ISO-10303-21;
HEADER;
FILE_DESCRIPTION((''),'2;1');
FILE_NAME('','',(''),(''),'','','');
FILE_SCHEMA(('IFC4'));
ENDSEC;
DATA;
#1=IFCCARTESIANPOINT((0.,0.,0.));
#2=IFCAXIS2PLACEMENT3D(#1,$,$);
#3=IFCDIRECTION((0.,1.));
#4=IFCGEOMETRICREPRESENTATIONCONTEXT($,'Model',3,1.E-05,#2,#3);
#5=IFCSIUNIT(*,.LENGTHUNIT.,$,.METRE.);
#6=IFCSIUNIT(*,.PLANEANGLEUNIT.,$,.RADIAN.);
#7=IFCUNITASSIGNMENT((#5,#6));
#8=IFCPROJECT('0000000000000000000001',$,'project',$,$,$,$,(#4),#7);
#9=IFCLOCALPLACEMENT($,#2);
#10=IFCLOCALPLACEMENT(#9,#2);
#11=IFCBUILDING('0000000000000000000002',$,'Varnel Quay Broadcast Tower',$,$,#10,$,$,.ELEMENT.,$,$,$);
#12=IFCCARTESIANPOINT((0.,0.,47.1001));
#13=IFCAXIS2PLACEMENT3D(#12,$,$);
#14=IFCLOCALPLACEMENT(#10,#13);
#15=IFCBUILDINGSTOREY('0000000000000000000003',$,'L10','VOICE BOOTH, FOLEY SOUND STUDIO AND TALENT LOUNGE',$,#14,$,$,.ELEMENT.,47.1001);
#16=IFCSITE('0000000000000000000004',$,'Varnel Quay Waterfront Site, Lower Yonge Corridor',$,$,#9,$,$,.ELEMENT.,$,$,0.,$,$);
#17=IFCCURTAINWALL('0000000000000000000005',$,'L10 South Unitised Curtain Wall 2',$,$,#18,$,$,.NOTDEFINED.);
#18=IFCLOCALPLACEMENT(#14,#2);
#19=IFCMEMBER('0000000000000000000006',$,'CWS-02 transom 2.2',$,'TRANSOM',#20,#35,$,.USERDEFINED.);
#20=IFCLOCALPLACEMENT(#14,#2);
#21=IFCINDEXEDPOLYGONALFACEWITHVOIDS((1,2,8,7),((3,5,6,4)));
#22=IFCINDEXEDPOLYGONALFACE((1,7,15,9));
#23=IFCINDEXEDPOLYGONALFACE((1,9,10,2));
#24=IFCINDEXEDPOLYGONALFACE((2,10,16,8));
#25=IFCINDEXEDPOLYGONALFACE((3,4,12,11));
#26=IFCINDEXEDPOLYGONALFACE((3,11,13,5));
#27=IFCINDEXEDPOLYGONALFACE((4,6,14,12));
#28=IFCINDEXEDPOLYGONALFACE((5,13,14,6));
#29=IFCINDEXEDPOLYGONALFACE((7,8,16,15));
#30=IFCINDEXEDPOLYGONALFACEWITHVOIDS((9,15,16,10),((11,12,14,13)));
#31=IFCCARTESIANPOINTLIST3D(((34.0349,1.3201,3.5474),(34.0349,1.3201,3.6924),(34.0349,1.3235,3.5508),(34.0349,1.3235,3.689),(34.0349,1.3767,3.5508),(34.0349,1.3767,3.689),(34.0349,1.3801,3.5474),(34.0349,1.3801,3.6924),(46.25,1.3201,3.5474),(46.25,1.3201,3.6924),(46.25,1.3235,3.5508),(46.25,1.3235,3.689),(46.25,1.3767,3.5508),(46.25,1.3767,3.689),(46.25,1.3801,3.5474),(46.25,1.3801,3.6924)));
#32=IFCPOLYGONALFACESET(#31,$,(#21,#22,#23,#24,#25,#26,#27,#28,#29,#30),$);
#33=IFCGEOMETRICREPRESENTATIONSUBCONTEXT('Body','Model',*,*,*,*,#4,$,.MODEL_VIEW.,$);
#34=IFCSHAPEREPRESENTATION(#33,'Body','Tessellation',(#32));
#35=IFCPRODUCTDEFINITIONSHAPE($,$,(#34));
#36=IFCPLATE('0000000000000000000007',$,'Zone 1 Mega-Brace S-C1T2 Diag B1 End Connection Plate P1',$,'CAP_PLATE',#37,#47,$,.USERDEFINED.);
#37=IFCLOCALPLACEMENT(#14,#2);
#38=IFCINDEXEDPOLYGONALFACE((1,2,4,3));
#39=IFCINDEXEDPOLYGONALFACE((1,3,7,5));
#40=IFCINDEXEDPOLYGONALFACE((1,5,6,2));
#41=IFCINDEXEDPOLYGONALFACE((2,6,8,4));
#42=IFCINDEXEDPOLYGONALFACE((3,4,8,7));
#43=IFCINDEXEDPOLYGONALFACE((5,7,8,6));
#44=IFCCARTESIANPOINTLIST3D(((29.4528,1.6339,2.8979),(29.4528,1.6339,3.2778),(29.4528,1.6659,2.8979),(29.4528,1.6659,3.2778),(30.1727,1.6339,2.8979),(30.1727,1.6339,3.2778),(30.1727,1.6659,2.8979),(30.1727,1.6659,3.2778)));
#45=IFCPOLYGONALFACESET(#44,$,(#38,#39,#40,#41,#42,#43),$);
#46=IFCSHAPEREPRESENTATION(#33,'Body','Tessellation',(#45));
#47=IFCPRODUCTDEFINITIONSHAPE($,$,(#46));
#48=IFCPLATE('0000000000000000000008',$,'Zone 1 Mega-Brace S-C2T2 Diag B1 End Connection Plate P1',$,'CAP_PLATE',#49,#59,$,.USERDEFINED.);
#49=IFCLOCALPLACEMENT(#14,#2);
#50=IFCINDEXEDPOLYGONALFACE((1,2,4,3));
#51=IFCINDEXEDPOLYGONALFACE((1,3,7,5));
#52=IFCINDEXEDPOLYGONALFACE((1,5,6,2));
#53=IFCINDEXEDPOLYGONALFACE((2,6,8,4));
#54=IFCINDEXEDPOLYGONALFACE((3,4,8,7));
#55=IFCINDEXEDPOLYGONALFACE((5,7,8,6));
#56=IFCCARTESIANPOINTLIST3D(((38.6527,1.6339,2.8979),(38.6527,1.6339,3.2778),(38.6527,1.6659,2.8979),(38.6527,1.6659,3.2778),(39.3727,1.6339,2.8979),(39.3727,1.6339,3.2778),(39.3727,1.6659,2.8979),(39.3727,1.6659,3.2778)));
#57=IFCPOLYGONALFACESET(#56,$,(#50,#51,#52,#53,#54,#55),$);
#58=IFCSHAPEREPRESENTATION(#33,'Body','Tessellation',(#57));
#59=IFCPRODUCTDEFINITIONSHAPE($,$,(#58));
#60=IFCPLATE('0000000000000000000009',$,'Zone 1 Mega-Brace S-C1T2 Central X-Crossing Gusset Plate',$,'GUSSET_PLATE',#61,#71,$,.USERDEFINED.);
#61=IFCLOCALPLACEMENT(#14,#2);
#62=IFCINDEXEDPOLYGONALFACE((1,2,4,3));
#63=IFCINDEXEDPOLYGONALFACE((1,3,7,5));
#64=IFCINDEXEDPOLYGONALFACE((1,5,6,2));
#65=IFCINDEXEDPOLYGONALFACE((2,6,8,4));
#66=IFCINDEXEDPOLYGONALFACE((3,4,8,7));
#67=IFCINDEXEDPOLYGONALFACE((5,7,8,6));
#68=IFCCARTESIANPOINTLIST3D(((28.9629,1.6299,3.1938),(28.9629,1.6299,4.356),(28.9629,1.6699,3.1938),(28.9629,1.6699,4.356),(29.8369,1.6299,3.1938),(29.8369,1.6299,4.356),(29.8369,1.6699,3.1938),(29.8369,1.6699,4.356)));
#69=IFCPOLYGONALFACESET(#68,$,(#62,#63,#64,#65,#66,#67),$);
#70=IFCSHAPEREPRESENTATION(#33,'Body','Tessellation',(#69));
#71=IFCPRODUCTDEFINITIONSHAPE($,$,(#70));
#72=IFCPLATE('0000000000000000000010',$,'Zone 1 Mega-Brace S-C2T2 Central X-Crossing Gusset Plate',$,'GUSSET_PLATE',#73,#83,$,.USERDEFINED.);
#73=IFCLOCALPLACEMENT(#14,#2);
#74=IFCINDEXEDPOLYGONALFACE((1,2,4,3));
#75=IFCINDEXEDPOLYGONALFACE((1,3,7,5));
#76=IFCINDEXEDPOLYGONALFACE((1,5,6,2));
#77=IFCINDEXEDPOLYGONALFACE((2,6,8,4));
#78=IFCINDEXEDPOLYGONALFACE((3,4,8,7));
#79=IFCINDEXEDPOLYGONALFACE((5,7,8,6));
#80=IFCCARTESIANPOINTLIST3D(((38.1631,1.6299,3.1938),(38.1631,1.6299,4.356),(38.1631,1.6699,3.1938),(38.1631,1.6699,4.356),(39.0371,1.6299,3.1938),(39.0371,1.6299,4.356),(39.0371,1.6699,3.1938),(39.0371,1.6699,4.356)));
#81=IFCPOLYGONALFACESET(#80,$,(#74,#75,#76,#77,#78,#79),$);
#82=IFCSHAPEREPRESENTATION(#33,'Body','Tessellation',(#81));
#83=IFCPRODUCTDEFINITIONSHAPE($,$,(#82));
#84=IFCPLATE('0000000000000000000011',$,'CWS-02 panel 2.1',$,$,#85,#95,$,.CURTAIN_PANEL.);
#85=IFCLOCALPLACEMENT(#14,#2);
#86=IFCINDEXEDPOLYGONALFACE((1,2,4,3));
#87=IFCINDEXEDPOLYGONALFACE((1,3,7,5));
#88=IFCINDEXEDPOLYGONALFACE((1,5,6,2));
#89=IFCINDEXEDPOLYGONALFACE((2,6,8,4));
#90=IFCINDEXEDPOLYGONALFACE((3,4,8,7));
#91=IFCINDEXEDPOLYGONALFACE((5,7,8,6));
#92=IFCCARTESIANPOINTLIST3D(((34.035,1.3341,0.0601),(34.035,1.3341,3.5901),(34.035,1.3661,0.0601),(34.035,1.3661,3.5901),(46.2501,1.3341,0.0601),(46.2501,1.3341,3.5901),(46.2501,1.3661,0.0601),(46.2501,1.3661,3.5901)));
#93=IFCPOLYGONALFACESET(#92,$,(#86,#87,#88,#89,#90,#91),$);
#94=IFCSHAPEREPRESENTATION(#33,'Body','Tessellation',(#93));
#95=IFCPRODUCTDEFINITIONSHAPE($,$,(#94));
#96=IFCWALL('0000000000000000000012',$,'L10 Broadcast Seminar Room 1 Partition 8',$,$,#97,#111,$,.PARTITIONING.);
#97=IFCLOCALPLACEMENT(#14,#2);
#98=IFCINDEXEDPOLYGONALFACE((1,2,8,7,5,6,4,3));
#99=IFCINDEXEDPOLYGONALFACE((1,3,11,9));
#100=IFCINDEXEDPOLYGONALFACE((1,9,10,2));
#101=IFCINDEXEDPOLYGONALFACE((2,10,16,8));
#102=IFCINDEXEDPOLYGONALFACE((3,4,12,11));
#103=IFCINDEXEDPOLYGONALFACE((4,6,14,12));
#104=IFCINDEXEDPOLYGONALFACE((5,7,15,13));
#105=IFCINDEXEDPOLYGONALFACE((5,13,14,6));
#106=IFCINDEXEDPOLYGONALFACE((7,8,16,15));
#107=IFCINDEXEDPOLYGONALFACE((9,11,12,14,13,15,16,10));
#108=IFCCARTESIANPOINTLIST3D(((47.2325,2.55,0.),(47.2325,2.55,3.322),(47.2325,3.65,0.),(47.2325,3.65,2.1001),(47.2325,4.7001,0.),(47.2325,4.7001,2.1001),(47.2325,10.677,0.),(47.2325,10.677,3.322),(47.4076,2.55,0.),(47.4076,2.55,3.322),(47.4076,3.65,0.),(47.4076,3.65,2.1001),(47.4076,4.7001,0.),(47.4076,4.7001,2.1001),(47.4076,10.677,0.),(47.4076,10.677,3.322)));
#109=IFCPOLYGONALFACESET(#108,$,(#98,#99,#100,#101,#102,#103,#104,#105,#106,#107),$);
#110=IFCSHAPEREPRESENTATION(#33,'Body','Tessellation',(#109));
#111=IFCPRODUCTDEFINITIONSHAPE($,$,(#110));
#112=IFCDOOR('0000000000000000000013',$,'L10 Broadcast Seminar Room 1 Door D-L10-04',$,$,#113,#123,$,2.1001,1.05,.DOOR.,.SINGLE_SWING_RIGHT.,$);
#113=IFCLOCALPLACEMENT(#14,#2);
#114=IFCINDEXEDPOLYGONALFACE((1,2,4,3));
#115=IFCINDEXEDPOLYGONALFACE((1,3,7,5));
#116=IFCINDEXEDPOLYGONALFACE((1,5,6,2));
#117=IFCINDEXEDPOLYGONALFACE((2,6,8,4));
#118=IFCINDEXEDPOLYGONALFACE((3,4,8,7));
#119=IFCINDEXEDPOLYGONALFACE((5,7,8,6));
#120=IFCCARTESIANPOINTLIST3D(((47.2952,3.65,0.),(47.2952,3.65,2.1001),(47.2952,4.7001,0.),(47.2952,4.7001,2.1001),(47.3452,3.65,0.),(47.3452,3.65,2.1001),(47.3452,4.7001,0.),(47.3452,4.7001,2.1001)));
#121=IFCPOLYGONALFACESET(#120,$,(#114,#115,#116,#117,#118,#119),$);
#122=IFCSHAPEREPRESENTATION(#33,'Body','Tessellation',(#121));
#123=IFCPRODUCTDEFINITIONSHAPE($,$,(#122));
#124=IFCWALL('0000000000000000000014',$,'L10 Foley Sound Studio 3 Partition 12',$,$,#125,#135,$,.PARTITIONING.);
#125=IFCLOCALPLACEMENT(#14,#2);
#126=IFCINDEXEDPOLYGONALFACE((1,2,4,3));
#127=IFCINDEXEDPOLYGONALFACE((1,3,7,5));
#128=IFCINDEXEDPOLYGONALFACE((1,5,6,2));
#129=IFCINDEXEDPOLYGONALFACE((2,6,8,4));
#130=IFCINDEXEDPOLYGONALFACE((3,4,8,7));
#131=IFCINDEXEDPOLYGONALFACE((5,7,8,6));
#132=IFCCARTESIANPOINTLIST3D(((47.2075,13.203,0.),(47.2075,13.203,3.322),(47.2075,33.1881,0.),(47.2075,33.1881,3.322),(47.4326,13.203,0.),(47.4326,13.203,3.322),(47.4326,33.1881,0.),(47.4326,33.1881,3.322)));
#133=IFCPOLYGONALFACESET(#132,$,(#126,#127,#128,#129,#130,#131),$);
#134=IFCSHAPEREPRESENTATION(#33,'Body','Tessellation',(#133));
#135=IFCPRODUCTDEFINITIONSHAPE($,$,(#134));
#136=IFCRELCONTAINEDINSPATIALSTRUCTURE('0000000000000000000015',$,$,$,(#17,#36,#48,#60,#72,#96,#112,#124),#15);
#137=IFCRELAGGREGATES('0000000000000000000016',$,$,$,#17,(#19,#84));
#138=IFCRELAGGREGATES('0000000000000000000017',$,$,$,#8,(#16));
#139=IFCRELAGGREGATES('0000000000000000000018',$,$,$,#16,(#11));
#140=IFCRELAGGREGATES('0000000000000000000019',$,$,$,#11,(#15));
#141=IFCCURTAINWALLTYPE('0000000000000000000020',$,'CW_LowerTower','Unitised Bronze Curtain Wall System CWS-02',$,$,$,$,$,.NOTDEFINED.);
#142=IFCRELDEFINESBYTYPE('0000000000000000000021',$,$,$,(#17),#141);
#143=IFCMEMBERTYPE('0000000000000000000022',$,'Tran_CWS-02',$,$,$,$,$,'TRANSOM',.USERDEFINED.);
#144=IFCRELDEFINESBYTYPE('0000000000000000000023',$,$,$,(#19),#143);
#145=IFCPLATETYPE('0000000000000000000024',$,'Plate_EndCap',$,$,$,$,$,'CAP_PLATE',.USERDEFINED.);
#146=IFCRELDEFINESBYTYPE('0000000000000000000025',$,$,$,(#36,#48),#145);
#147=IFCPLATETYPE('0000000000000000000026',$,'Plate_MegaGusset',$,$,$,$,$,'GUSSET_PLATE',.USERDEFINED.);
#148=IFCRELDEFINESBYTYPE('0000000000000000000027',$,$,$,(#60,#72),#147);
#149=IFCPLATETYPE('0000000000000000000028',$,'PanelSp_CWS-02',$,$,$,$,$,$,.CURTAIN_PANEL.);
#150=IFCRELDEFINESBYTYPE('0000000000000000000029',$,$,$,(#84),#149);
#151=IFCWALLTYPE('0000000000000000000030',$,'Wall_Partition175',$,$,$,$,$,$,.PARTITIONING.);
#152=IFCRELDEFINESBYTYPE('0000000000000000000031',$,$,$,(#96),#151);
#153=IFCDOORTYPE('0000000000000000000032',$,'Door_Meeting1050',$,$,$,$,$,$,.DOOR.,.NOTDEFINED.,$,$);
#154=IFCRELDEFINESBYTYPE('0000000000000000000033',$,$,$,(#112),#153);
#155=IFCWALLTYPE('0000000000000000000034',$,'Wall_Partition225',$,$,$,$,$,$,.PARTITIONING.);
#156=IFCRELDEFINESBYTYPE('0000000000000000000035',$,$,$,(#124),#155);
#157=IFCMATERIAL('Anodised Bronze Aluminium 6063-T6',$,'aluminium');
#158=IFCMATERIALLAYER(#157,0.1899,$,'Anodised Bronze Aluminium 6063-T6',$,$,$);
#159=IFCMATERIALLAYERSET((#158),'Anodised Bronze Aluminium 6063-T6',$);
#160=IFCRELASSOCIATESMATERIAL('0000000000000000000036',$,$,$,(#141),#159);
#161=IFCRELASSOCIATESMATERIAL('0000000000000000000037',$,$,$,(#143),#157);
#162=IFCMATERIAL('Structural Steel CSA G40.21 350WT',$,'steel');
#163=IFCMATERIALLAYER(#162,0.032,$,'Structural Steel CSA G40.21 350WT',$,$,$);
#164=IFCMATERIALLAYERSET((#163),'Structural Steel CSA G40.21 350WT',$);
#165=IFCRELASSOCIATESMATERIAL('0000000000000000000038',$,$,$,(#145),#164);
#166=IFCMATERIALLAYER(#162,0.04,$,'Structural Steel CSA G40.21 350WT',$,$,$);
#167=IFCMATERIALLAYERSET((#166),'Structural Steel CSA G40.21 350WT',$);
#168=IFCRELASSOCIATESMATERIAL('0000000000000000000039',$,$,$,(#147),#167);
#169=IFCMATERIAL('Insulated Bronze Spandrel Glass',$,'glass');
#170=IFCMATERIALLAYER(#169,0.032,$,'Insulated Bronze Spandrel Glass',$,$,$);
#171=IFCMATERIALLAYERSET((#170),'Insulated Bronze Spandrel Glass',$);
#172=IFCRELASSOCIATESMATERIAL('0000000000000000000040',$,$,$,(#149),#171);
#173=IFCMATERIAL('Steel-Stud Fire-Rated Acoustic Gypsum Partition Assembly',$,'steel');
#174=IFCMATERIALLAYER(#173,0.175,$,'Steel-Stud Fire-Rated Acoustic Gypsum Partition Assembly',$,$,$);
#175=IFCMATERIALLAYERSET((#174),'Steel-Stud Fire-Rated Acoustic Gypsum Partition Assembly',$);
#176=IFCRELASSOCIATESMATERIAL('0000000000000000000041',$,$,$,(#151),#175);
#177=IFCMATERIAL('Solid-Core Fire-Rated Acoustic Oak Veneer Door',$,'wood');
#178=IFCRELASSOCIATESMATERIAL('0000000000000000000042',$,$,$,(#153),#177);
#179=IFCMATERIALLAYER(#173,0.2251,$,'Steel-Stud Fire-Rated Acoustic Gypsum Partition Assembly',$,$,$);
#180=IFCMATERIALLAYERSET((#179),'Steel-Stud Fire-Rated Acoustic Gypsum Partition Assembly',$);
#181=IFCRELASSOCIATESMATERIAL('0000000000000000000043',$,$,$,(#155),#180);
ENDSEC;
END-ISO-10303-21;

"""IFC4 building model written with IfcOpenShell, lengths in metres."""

from ifc_helpers import new_model, si_unit, direction, frame, frame_2d, origin, origin_2d, place, context, subcontext, project, spatial, rectangle, hollow_rectangle, extrude, source, transform, mapped, material, layer, layer_set, material_profile, profile_set, type_object, type_shapes, element, fill, aggregate, save


model = new_model("IFC4")

# Units and contexts
model_context = context("Model", 3, precision=1e-05, world=origin(), true_north=direction((0.0, 1.0)))
body_context = subcontext(model_context, "Body", "Model", "MODEL_VIEW")
ifc_project = project(units=[si_unit("LENGTHUNIT", "METRE"), si_unit("PLANEANGLEUNIT", "RADIAN")], contexts=[model_context])

# Site, building, storey
site_placement = place(None, origin())
site = spatial("IfcSite", under=ifc_project, at=site_placement, Name="Varnel Quay Waterfront Site, Lower Yonge Corridor", CompositionType="ELEMENT", RefElevation=0.0)
building_placement = place(site_placement, origin())
building = spatial("IfcBuilding", under=site, at=building_placement, Name="Varnel Quay Broadcast Tower", CompositionType="ELEMENT")
storey_placement = place(building_placement, frame((0.0, 0.0, 47.1001)))
storey = spatial("IfcBuildingStorey", under=building, at=storey_placement, Name="L10", Description="VOICE BOOTH, FOLEY SOUND STUDIO AND TALENT LOUNGE", CompositionType="ELEMENT", Elevation=47.1001)

# Shared definitions
ifc_material_1 = material(Name="Structural Steel CSA G40.21 350WT", Category="steel")

# Curtain wall, member
ifc_material_2 = material(Name="Anodised Bronze Aluminium 6063-T6", Category="aluminium")
ifc_layer_1 = layer(ifc_material_2, 0.1899, Name="Anodised Bronze Aluminium 6063-T6")
ifc_layer_set_1 = layer_set([ifc_layer_1], Name="Anodised Bronze Aluminium 6063-T6")
curtain_wall_type = type_object("IfcCurtainWallType", Name="CW_LowerTower", Description="Unitised Bronze Curtain Wall System CWS-02", PredefinedType="NOTDEFINED", material=ifc_layer_set_1)
curtain_wall_placement = place(storey_placement, origin())
curtain_wall = element("IfcCurtainWall", 1, at=curtain_wall_placement, inside=storey, type_object=curtain_wall_type, Name="L10 South Unitised Curtain Wall 2", PredefinedType="NOTDEFINED")
ifc_material_profile_1 = material_profile(ifc_material_2, hollow_rectangle(XDim=0.0601, YDim=0.145, WallThickness=0.0034, at=origin_2d()), Name="ALU60X145X3.5")
ifc_profile_set_1 = profile_set([ifc_material_profile_1], Name="Anodised Bronze Aluminium 6063-T6")
member_type_1 = type_object("IfcMemberType", Name="Tran_CWS-02", ElementType="TRANSOM", PredefinedType="USERDEFINED", material=ifc_profile_set_1)
shared_shape_1 = source(origin(), body_context, "Body", "SweptSolid", [
    extrude(hollow_rectangle(XDim=0.0601, YDim=0.145, WallThickness=0.0034, at=origin_2d()), origin(), (0.0, 0.0, 1.0), 12.2151),
])
type_shapes(member_type_1, [shared_shape_1])
member_1_placement = place(storey_placement, frame((34.0349, 1.3501, 3.6199), z_axis=(1.0, 0.0, 0.0), x_axis=(0.0, 1.0, 0.0)))
member_1 = element("IfcMember", 2, at=member_1_placement, type_object=member_type_1, Name="CWS-02 transom 2.2", ObjectType="TRANSOM", PredefinedType="USERDEFINED", context=body_context, shape_type="MappedRepresentation", body=[
    mapped(shared_shape_1, transform((0.0, 0.0, 0.0), x_axis=(1.0, 0.0, 0.0), y_axis=(0.0, 1.0, 0.0), z_axis=(0.0, 0.0, 1.0), scale=1.0)),
])

# Plates
ifc_layer_2 = layer(ifc_material_1, 0.032, Name="Structural Steel CSA G40.21 350WT")
ifc_layer_set_2 = layer_set([ifc_layer_2], Name="Structural Steel CSA G40.21 350WT")
plate_type_1 = type_object("IfcPlateType", Name="Plate_EndCap", ElementType="CAP_PLATE", PredefinedType="USERDEFINED", material=ifc_layer_set_2)
shared_shape_2 = source(origin(), body_context, "Body", "SweptSolid", [
    extrude(rectangle(XDim=0.72, YDim=0.032, at=origin_2d()), origin(), (0.0, 0.0, 1.0), 0.3799),
])
type_shapes(plate_type_1, [shared_shape_2])
for number, where, z_axis, x_axis, name in (
    (3, (29.8127, 1.6499, 2.8979), (0.0, 0.0, 1.0), (1.0, 0.0, 0.0), "Zone 1 Mega-Brace S-C1T2 Diag B1 End Connection Plate P1"),
    (4, (39.0127, 1.6499, 2.8979), (0.0, 0.0, 1.0), (1.0, 0.0, 0.0), "Zone 1 Mega-Brace S-C2T2 Diag B1 End Connection Plate P1"),
):
    element("IfcPlate", number, at=place(storey_placement, frame(where, z_axis=z_axis, x_axis=x_axis)), inside=storey, type_object=plate_type_1, Name=name, ObjectType="CAP_PLATE", PredefinedType="USERDEFINED", context=body_context, shape_type="MappedRepresentation", body=[
        mapped(shared_shape_2, transform((0.0, 0.0, 0.0), x_axis=(1.0, 0.0, 0.0), y_axis=(0.0, 1.0, 0.0), z_axis=(0.0, 0.0, 1.0), scale=1.0)),
    ])
ifc_layer_3 = layer(ifc_material_1, 0.04, Name="Structural Steel CSA G40.21 350WT")
ifc_layer_set_3 = layer_set([ifc_layer_3], Name="Structural Steel CSA G40.21 350WT")
plate_type_2 = type_object("IfcPlateType", Name="Plate_MegaGusset", ElementType="GUSSET_PLATE", PredefinedType="USERDEFINED", material=ifc_layer_set_3)
shared_shape_3 = source(origin(), body_context, "Body", "SweptSolid", [
    extrude(rectangle(XDim=0.874, YDim=0.04, at=origin_2d()), origin(), (0.0, 0.0, 1.0), 1.1621),
])
type_shapes(plate_type_2, [shared_shape_3])
for number, where, z_axis, x_axis, name in (
    (5, (29.3999, 1.6499, 3.1938), (0.0, 0.0, 1.0), (1.0, 0.0, 0.0), "Zone 1 Mega-Brace S-C1T2 Central X-Crossing Gusset Plate"),
    (6, (38.6001, 1.6499, 3.1938), (0.0, 0.0, 1.0), (1.0, 0.0, 0.0), "Zone 1 Mega-Brace S-C2T2 Central X-Crossing Gusset Plate"),
):
    element("IfcPlate", number, at=place(storey_placement, frame(where, z_axis=z_axis, x_axis=x_axis)), inside=storey, type_object=plate_type_2, Name=name, ObjectType="GUSSET_PLATE", PredefinedType="USERDEFINED", context=body_context, shape_type="MappedRepresentation", body=[
        mapped(shared_shape_3, transform((0.0, 0.0, 0.0), x_axis=(1.0, 0.0, 0.0), y_axis=(0.0, 1.0, 0.0), z_axis=(0.0, 0.0, 1.0), scale=1.0)),
    ])

# Plate
ifc_material_3 = material(Name="Insulated Bronze Spandrel Glass", Category="glass")
ifc_layer_4 = layer(ifc_material_3, 0.032, Name="Insulated Bronze Spandrel Glass")
ifc_layer_set_4 = layer_set([ifc_layer_4], Name="Insulated Bronze Spandrel Glass")
plate_type_3 = type_object("IfcPlateType", Name="PanelSp_CWS-02", PredefinedType="CURTAIN_PANEL", material=ifc_layer_set_4)
shared_shape_4 = source(origin(), body_context, "Body", "SweptSolid", [
    extrude(rectangle(XDim=12.2151, YDim=0.032, at=origin_2d()), origin(), (0.0, 0.0, 1.0), 3.53),
])
type_shapes(plate_type_3, [shared_shape_4])
plate_placement = place(storey_placement, frame((40.1426, 1.3501, 0.0601), z_axis=(0.0, 0.0, 1.0), x_axis=(1.0, 0.0, 0.0)))
plate = element("IfcPlate", 7, at=plate_placement, type_object=plate_type_3, Name="CWS-02 panel 2.1", PredefinedType="CURTAIN_PANEL", context=body_context, shape_type="MappedRepresentation", body=[
    mapped(shared_shape_4, transform((0.0, 0.0, 0.0), x_axis=(1.0, 0.0, 0.0), y_axis=(0.0, 1.0, 0.0), z_axis=(0.0, 0.0, 1.0), scale=1.0)),
])
aggregate(curtain_wall, [member_1, plate])

# Wall, opening, door
ifc_material_4 = material(Name="Steel-Stud Fire-Rated Acoustic Gypsum Partition Assembly", Category="steel")
ifc_layer_5 = layer(ifc_material_4, 0.175, Name="Steel-Stud Fire-Rated Acoustic Gypsum Partition Assembly")
ifc_layer_set_5 = layer_set([ifc_layer_5], Name="Steel-Stud Fire-Rated Acoustic Gypsum Partition Assembly")
wall_type_1 = type_object("IfcWallType", Name="Wall_Partition175", PredefinedType="PARTITIONING", material=ifc_layer_set_5)
wall_1_placement = place(storey_placement, frame((47.3201, 2.55, 0.0), z_axis=(0.0, 0.0, 1.0), x_axis=(0.0, 1.0, 0.0)))
wall_1 = element("IfcWall", 8, at=wall_1_placement, inside=storey, type_object=wall_type_1, Name="L10 Broadcast Seminar Room 1 Partition 8", PredefinedType="PARTITIONING", context=body_context, shape_type="SweptSolid", body=[
    extrude(rectangle(XDim=8.127, YDim=0.175, at=frame_2d((4.0635, 0.0))), origin(), (0.0, 0.0, 1.0), 3.322),
])
opening_1_placement = place(wall_1_placement, frame((1.1001, 0.0, 0.0)))
opening_1 = element("IfcOpeningElement", 9, at=opening_1_placement, cuts=wall_1, PredefinedType="OPENING", context=body_context, shape_type="SweptSolid", body=[
    extrude(rectangle(XDim=1.05, YDim=2.1001, at=frame_2d((0.5249, 1.05))), frame((0.0, 0.0977, 0.0), z_axis=(0.0, -1.0, 0.0), x_axis=(1.0, 0.0, 0.0)), (0.0, 0.0, 1.0), 0.1951),
])
ifc_material_5 = material(Name="Solid-Core Fire-Rated Acoustic Oak Veneer Door", Category="wood")
door_type_1 = type_object("IfcDoorType", Name="Door_Meeting1050", OperationType="NOTDEFINED", PredefinedType="DOOR", material=ifc_material_5)
shared_shape_5 = source(origin(), body_context, "Body", "SweptSolid", [
    extrude(rectangle(XDim=1.05, YDim=2.1001, at=frame_2d((0.5249, 1.05))), frame((0.0, 0.0249, 0.0), z_axis=(0.0, -1.0, 0.0), x_axis=(1.0, 0.0, 0.0)), (0.0, 0.0, 1.0), 0.05),
])
type_shapes(door_type_1, [shared_shape_5])
door_1_placement = place(opening_1_placement, origin())
door_1 = element("IfcDoor", 10, at=door_1_placement, inside=storey, type_object=door_type_1, Name="L10 Broadcast Seminar Room 1 Door D-L10-04", OperationType="SINGLE_SWING_RIGHT", OverallHeight=2.1001, OverallWidth=1.05, PredefinedType="DOOR", context=body_context, shape_type="MappedRepresentation", body=[
    mapped(shared_shape_5, transform((0.0, 0.0, 0.0), x_axis=(1.0, 0.0, 0.0), y_axis=(0.0, 1.0, 0.0), z_axis=(0.0, 0.0, 1.0), scale=1.0)),
])
fill(opening_1, door_1)

# Wall
ifc_layer_6 = layer(ifc_material_4, 0.2251, Name="Steel-Stud Fire-Rated Acoustic Gypsum Partition Assembly")
ifc_layer_set_6 = layer_set([ifc_layer_6], Name="Steel-Stud Fire-Rated Acoustic Gypsum Partition Assembly")
wall_type_2 = type_object("IfcWallType", Name="Wall_Partition225", PredefinedType="PARTITIONING", material=ifc_layer_set_6)
wall_2_placement = place(storey_placement, frame((47.3201, 13.2029, 0.0), z_axis=(0.0, 0.0, 1.0), x_axis=(0.0, 1.0, 0.0)))
element("IfcWall", 11, at=wall_2_placement, inside=storey, type_object=wall_type_2, Name="L10 Foley Sound Studio 3 Partition 12", PredefinedType="PARTITIONING", context=body_context, shape_type="SweptSolid", body=[
    extrude(rectangle(XDim=19.9851, YDim=0.2251, at=frame_2d((9.9927, 0.0))), origin(), (0.0, 0.0, 1.0), 3.322),
])

save(model, "model.ifc")
